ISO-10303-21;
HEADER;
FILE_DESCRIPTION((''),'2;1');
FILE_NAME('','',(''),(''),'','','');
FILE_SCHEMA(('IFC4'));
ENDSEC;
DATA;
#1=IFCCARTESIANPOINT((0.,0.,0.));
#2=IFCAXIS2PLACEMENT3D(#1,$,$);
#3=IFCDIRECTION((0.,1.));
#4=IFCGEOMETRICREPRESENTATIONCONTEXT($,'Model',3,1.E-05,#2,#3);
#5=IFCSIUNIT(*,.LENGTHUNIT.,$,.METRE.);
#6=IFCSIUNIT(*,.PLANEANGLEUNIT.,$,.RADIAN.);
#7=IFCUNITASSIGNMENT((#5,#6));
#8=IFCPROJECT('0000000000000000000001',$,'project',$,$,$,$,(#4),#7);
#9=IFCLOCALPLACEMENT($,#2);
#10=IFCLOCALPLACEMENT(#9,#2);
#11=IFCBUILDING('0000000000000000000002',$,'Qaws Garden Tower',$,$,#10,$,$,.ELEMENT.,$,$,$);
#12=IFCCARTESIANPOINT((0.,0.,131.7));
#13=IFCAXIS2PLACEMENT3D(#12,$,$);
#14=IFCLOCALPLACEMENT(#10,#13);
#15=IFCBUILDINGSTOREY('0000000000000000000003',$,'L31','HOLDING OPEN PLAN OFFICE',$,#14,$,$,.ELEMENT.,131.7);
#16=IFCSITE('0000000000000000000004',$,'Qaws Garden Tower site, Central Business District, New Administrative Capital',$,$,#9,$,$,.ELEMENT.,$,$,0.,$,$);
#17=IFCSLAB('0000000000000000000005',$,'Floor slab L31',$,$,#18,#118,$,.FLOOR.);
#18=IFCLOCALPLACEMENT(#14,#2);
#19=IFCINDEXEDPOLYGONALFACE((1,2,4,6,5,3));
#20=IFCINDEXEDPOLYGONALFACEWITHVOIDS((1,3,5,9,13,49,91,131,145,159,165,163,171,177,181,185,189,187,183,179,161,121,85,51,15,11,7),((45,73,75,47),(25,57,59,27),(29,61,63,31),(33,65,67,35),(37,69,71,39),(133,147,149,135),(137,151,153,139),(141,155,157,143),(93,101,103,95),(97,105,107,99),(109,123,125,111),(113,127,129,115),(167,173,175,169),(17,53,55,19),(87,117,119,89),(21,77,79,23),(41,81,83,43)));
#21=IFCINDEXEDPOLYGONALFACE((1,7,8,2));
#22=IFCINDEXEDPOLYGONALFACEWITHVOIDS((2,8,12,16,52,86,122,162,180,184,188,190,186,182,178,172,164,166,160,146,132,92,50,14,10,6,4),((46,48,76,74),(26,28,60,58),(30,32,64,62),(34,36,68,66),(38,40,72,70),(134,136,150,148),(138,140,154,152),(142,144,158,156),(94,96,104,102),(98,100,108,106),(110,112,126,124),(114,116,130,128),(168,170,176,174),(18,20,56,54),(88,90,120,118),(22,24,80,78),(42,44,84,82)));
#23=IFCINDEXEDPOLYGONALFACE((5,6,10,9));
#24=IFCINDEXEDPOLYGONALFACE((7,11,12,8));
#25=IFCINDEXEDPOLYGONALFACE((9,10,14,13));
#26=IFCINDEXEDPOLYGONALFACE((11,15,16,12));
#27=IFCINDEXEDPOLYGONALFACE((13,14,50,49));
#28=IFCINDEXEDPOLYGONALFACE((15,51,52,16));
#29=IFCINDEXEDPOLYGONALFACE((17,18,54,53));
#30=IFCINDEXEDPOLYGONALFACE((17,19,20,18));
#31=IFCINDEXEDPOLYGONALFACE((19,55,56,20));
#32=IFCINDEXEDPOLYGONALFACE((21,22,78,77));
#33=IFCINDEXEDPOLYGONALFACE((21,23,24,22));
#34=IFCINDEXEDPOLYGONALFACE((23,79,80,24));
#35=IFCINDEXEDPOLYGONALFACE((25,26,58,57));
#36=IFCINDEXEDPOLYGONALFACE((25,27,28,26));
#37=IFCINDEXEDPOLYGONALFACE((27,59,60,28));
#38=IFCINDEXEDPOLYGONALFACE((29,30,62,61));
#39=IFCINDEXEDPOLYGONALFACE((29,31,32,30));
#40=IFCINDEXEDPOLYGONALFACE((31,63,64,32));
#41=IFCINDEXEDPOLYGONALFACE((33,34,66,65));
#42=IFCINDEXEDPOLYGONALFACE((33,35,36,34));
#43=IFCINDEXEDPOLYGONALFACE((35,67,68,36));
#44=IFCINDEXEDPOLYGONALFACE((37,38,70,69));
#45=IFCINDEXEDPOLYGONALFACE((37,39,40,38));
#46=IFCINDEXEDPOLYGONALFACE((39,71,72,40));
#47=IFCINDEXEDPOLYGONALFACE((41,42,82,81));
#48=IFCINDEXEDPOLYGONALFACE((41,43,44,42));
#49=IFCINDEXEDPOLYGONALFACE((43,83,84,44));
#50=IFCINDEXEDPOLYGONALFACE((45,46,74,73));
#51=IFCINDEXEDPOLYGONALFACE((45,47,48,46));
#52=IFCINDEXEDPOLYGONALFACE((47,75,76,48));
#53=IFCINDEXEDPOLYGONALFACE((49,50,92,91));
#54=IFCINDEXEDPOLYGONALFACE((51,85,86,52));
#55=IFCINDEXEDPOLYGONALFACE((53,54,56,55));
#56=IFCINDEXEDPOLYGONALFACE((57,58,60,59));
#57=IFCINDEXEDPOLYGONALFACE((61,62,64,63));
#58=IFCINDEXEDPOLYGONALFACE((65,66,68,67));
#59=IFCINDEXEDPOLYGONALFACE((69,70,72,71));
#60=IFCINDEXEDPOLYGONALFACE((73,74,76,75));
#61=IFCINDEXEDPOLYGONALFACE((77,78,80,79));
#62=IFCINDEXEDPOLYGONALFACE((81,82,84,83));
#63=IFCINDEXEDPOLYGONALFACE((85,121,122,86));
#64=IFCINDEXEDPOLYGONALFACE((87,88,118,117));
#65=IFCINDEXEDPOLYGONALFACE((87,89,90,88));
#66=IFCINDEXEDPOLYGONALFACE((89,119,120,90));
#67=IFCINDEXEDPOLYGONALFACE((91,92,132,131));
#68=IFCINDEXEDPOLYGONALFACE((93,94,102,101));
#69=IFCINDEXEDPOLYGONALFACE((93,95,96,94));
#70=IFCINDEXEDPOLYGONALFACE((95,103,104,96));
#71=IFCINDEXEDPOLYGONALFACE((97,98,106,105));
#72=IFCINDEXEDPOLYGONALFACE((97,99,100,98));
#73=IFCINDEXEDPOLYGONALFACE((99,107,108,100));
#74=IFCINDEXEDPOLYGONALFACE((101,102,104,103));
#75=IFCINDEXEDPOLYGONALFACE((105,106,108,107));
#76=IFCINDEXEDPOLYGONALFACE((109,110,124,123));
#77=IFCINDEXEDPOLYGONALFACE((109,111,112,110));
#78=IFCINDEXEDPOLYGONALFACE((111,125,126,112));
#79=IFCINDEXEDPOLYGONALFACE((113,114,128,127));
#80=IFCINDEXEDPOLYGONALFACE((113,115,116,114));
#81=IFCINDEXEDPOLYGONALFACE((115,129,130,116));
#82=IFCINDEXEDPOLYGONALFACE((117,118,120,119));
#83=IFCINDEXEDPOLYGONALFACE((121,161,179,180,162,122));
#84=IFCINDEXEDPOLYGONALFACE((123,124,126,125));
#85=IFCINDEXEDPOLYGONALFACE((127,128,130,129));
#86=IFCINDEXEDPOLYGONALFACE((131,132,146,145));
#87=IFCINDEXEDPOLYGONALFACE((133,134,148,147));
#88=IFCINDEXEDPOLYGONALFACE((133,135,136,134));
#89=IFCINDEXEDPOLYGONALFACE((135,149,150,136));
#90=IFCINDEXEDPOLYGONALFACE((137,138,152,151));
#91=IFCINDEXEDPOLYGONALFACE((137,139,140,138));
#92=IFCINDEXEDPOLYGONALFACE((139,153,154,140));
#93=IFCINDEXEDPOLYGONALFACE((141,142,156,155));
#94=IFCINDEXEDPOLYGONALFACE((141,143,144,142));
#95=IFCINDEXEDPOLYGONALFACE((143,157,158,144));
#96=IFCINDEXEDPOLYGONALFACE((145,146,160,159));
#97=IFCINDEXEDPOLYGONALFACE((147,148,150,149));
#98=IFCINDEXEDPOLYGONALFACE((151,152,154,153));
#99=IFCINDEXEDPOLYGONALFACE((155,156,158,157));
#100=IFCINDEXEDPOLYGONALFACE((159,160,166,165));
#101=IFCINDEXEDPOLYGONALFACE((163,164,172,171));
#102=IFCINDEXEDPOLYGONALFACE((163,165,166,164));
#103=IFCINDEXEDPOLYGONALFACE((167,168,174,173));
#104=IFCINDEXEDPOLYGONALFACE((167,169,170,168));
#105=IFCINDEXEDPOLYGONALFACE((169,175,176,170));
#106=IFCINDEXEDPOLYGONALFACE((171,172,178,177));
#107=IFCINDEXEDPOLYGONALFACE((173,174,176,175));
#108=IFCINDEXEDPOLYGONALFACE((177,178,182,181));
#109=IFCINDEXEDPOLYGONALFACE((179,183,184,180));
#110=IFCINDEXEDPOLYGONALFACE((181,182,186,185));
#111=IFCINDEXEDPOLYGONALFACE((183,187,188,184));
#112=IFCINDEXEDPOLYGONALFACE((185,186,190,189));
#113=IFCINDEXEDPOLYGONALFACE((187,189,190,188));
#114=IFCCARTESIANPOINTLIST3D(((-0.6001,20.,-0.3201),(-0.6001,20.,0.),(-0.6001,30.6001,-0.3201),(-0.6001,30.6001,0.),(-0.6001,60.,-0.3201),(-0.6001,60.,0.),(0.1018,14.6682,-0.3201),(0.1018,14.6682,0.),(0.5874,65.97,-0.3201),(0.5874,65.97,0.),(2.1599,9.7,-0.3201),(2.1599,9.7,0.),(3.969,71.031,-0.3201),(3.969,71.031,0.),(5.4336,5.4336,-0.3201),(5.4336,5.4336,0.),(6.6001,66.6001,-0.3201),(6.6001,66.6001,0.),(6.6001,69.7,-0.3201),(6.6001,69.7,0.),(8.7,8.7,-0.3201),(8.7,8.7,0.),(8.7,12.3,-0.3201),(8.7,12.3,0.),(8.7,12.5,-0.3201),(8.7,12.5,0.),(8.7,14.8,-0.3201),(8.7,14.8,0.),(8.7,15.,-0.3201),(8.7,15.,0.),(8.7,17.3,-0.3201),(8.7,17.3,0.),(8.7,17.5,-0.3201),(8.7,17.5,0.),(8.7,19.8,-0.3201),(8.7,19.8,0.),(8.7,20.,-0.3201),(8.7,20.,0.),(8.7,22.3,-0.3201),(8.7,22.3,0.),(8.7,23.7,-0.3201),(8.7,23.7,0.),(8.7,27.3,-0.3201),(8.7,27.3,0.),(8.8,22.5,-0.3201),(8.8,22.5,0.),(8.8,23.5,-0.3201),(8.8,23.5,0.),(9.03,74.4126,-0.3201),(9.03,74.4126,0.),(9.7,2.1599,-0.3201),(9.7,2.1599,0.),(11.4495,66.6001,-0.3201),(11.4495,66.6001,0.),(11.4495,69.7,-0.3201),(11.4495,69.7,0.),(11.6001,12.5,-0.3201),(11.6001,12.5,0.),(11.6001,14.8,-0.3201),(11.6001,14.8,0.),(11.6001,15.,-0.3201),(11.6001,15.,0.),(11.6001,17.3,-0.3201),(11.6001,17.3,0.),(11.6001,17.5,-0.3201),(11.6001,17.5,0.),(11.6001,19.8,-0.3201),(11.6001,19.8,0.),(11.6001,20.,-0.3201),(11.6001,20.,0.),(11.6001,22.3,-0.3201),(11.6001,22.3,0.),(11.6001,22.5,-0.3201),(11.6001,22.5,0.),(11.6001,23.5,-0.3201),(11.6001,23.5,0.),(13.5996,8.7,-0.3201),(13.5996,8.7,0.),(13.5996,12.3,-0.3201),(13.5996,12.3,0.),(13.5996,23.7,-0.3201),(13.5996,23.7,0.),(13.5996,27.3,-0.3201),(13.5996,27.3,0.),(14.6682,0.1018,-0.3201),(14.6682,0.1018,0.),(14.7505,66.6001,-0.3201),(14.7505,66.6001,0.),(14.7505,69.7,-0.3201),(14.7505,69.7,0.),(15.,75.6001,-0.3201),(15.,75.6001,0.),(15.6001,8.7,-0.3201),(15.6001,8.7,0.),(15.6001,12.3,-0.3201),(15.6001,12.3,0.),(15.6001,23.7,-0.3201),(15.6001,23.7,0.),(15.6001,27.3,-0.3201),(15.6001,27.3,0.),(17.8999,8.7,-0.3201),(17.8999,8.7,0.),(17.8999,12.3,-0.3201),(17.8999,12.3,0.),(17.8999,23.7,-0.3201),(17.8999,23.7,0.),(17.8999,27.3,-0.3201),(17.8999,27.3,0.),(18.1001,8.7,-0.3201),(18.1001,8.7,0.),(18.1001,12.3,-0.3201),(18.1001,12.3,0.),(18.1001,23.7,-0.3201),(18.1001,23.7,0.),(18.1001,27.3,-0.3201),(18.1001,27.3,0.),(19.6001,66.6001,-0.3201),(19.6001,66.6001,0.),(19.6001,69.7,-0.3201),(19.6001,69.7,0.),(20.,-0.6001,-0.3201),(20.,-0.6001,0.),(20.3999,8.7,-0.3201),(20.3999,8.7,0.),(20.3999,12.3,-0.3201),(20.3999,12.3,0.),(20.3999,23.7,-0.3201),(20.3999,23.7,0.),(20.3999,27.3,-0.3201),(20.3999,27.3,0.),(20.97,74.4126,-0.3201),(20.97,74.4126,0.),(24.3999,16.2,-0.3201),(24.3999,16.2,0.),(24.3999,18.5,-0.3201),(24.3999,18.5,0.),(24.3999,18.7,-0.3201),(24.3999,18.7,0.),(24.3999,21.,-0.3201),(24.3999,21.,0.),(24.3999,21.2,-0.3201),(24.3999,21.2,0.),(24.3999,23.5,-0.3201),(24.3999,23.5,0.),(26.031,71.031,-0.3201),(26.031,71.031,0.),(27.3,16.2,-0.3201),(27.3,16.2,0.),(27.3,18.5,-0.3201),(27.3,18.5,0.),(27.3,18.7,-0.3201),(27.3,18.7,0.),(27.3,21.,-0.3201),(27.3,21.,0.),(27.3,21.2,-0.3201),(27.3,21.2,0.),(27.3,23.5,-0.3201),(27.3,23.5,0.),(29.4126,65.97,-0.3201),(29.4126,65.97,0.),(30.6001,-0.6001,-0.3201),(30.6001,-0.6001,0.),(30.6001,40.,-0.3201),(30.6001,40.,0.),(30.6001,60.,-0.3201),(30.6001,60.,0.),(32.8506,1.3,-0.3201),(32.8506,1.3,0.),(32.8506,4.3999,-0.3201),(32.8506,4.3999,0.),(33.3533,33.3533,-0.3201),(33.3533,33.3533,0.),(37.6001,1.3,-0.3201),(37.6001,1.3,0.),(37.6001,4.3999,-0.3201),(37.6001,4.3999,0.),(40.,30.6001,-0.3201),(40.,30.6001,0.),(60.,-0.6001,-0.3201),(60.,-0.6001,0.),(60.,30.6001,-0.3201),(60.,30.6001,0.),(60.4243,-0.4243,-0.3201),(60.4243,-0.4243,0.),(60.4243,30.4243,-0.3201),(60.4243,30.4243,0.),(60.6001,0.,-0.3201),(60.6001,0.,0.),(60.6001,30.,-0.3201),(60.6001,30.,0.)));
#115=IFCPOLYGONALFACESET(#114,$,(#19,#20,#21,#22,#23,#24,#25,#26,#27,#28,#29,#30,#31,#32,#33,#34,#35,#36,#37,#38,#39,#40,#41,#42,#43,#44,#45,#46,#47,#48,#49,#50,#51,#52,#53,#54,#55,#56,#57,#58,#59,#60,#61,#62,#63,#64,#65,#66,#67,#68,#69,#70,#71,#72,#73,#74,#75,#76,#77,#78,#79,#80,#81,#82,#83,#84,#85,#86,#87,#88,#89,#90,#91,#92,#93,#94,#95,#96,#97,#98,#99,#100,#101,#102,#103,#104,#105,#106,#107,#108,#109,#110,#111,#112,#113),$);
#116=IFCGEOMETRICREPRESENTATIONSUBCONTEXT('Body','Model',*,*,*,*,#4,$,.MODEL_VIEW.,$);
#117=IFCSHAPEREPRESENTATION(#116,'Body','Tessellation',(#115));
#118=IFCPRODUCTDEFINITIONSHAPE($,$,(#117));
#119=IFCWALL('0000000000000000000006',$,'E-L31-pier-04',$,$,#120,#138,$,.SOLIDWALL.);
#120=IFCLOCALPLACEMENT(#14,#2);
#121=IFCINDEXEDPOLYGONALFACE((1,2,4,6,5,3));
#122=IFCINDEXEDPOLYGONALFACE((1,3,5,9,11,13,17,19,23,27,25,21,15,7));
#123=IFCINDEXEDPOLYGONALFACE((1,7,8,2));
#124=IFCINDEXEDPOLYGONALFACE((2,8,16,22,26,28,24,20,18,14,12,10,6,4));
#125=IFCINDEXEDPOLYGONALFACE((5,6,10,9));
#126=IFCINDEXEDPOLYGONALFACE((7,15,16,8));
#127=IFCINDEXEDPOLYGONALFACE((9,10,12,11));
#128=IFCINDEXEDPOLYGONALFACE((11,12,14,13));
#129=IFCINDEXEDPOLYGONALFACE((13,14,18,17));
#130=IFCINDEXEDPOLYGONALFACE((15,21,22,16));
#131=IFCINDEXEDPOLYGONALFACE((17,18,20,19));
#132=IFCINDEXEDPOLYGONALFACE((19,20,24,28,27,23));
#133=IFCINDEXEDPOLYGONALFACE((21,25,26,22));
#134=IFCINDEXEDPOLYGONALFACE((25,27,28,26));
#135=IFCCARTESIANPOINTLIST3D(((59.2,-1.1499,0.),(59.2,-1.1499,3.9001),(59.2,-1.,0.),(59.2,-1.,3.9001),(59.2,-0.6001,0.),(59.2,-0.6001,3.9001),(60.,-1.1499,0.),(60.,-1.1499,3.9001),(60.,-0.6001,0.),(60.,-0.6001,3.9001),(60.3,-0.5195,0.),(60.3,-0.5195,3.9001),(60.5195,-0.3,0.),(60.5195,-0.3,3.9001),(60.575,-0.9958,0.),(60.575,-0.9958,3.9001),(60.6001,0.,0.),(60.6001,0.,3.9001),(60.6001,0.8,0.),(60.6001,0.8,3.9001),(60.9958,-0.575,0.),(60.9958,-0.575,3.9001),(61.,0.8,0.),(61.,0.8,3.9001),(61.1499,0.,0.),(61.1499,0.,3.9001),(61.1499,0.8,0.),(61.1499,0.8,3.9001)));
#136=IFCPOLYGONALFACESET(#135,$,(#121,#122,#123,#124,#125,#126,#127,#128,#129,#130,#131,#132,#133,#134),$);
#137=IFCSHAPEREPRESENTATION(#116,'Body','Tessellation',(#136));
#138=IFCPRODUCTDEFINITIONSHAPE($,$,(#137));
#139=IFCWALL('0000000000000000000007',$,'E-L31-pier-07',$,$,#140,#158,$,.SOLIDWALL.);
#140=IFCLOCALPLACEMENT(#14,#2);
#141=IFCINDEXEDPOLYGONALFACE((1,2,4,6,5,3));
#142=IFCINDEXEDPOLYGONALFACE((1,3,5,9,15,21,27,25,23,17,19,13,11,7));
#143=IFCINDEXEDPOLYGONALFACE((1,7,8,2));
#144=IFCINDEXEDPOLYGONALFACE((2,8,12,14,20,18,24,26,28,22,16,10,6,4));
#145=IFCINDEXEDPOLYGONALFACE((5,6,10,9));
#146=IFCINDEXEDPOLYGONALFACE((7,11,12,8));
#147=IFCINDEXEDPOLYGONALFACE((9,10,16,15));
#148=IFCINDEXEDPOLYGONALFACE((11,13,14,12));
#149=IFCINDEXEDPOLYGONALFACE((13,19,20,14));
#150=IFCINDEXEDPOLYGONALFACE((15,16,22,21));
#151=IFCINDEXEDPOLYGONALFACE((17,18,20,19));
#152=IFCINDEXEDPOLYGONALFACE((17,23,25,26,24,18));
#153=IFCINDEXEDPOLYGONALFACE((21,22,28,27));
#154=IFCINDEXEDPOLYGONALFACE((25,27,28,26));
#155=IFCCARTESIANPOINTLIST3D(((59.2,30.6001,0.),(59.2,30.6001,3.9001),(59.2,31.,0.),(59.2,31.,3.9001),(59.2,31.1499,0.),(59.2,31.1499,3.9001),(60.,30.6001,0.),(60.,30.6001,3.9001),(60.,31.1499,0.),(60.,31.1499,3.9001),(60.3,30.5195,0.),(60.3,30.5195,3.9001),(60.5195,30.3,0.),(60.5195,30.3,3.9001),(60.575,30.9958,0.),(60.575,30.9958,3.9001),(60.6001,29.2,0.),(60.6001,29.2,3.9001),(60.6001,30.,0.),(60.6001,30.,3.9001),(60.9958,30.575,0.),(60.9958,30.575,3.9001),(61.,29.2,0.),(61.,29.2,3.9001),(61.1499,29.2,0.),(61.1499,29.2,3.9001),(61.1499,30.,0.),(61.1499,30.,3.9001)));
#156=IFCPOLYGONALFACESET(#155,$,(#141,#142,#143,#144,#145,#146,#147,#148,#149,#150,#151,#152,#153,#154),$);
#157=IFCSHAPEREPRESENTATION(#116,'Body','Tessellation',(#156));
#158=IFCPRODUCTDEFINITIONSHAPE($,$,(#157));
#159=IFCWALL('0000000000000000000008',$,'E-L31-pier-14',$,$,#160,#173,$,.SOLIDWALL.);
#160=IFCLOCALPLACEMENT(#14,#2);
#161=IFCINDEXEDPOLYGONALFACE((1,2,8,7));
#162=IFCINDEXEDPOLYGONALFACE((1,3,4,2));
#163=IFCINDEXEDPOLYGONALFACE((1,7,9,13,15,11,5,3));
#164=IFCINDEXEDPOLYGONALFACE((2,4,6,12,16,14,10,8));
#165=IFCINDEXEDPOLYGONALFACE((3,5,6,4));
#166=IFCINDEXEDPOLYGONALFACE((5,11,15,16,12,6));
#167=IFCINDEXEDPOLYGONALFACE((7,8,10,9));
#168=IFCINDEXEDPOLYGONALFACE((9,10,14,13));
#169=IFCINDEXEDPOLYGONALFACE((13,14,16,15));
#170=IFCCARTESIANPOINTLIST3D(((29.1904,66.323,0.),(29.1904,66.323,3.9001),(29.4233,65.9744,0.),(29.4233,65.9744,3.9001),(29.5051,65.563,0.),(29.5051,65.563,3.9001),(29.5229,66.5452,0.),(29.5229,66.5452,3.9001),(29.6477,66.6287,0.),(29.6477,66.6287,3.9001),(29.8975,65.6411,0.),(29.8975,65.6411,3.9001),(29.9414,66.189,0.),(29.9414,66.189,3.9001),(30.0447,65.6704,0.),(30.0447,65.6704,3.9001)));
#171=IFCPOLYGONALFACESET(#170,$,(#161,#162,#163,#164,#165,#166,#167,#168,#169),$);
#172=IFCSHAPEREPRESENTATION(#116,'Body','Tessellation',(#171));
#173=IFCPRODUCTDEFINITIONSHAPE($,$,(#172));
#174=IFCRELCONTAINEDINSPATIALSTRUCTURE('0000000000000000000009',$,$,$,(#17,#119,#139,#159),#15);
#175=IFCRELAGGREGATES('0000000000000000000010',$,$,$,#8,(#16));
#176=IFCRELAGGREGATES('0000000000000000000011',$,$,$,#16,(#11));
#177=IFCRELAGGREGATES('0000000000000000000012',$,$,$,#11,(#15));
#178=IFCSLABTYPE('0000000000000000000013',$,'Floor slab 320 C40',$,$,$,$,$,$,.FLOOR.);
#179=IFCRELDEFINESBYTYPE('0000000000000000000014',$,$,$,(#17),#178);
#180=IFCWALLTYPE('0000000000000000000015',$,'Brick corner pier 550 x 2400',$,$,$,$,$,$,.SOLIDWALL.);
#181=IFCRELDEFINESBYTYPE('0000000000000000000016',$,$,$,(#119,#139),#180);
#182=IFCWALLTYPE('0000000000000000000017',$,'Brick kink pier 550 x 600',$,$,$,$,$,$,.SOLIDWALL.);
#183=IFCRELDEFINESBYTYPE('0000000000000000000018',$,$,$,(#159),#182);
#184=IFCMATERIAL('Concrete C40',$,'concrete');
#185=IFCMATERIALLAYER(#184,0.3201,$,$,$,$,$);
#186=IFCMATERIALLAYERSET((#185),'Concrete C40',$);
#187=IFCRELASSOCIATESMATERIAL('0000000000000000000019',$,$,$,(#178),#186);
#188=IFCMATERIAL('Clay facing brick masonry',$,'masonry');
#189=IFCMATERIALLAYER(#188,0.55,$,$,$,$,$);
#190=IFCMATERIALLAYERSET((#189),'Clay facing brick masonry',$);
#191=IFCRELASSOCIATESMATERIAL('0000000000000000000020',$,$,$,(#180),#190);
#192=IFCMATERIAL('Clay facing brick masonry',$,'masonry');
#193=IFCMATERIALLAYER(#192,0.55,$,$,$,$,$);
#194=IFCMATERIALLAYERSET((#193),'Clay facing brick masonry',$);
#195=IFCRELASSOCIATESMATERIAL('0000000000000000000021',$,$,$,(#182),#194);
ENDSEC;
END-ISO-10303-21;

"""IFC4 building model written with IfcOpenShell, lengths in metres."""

from ifc_helpers import new_model, si_unit, direction, frame, origin, place, context, subcontext, project, spatial, polyline, outline, extrude, material, layer, layer_set, type_object, element, save


model = new_model("IFC4")

# Units and contexts
model_context = context("Model", 3, precision=1e-05, world=origin(), true_north=direction((0.0, 1.0)))
body_context = subcontext(model_context, "Body", "Model", "MODEL_VIEW")
ifc_project = project(units=[si_unit("LENGTHUNIT", "METRE"), si_unit("PLANEANGLEUNIT", "RADIAN")], contexts=[model_context])

# Site, building, storey
site_placement = place(None, origin())
site = spatial("IfcSite", under=ifc_project, at=site_placement, Name="Qaws Garden Tower site, Central Business District, New Administrative Capital", CompositionType="ELEMENT", RefElevation=0.0)
building_placement = place(site_placement, origin())
building = spatial("IfcBuilding", under=site, at=building_placement, Name="Qaws Garden Tower", CompositionType="ELEMENT")
storey_placement = place(building_placement, frame((0.0, 0.0, 131.7)))
storey = spatial("IfcBuildingStorey", under=building, at=storey_placement, Name="L31", Description="HOLDING OPEN PLAN OFFICE", CompositionType="ELEMENT", Elevation=131.7)

# Slab
ifc_material_1 = material(Name="Concrete C40", Category="concrete")
ifc_layer_1 = layer(ifc_material_1, 0.3201)
ifc_layer_set_1 = layer_set([ifc_layer_1], Name="Concrete C40")
slab_type = type_object("IfcSlabType", Name="Floor slab 320 C40", PredefinedType="FLOOR", material=ifc_layer_set_1)
slab_placement = place(storey_placement, frame((0.0, 0.0, -0.3201)))
element("IfcSlab", 1, at=slab_placement, inside=storey, type_object=slab_type, Name="Floor slab L31", PredefinedType="FLOOR", context=body_context, shape_type="SweptSolid", body=[
    extrude(outline(polyline([(0.1018, 14.6682), (-0.6001, 20.0), (-0.6001, 30.6001), (-0.6001, 60.0), (-0.6001, 60.0), (0.5874, 65.97), (3.969, 71.031), (9.03, 74.4126), (15.0, 75.6001), (20.97, 74.4126), (26.031, 71.031), (29.4126, 65.97), (30.6001, 60.0), (30.6001, 40.0), (33.3533, 33.3533), (40.0, 30.6001), (60.0, 30.6001), (60.4243, 30.4243), (60.6001, 30.0), (60.6001, 0.0), (60.4243, -0.4243), (60.0, -0.6001), (30.6001, -0.6001), (20.0, -0.6001), (14.6682, 0.1018), (9.7, 2.1599), (5.4336, 5.4336), (2.1599, 9.7), (0.1018, 14.6682)]), holes=[polyline([(13.5996, 12.3), (8.7, 12.3), (8.7, 8.7), (13.5996, 8.7), (13.5996, 12.3)]), polyline([(17.8999, 12.3), (15.6001, 12.3), (15.6001, 8.7), (17.8999, 8.7), (17.8999, 12.3)]), polyline([(11.6001, 14.8), (8.7, 14.8), (8.7, 12.5), (11.6001, 12.5), (11.6001, 14.8)]), polyline([(11.6001, 17.3), (8.7, 17.3), (8.7, 15.0), (11.6001, 15.0), (11.6001, 17.3)]), polyline([(11.6001, 19.8), (8.7, 19.8), (8.7, 17.5), (11.6001, 17.5), (11.6001, 19.8)]), polyline([(11.6001, 22.3), (8.7, 22.3), (8.7, 20.0), (11.6001, 20.0), (11.6001, 22.3)]), polyline([(11.6001, 23.5), (8.8, 23.5), (8.8, 22.5), (11.6001, 22.5), (11.6001, 23.5)]), polyline([(13.5996, 27.3), (8.7, 27.3), (8.7, 23.7), (13.5996, 23.7), (13.5996, 27.3)]), polyline([(11.4495, 69.7), (6.6001, 69.7), (6.6001, 66.6001), (11.4495, 66.6001), (11.4495, 69.7)]), polyline([(37.6001, 4.3999), (32.8506, 4.3999), (32.8506, 1.3), (37.6001, 1.3), (37.6001, 4.3999)]), polyline([(20.3999, 12.3), (18.1001, 12.3), (18.1001, 8.7), (20.3999, 8.7), (20.3999, 12.3)]), polyline([(27.3, 18.5), (24.3999, 18.5), (24.3999, 16.2), (27.3, 16.2), (27.3, 18.5)]), polyline([(27.3, 21.0), (24.3999, 21.0), (24.3999, 18.7), (27.3, 18.7), (27.3, 21.0)]), polyline([(27.3, 23.5), (24.3999, 23.5), (24.3999, 21.2), (27.3, 21.2), (27.3, 23.5)]), polyline([(17.8999, 27.3), (15.6001, 27.3), (15.6001, 23.7), (17.8999, 23.7), (17.8999, 27.3)]), polyline([(20.3999, 23.7), (20.3999, 27.3), (18.1001, 27.3), (18.1001, 23.7), (20.3999, 23.7)]), polyline([(19.6001, 66.6001), (19.6001, 69.7), (14.7505, 69.7), (14.7505, 66.6001), (19.6001, 66.6001)])]), origin(), (0.0, 0.0, 1.0), 0.3201),
])

# Walls
ifc_material_2 = material(Name="Clay facing brick masonry", Category="masonry")
ifc_layer_2 = layer(ifc_material_2, 0.55)
ifc_layer_set_2 = layer_set([ifc_layer_2], Name="Clay facing brick masonry")
wall_type_1 = type_object("IfcWallType", Name="Brick corner pier 550 x 2400", PredefinedType="SOLIDWALL", material=ifc_layer_set_2)
placement = place(storey_placement, origin())
element("IfcWall", 2, at=placement, inside=storey, type_object=wall_type_1, Name="E-L31-pier-04", PredefinedType="SOLIDWALL", context=body_context, shape_type="SweptSolid", body=[
    extrude(outline(polyline([(59.2, -1.0), (59.2, -1.1499), (60.0, -1.1499), (60.575, -0.9958), (60.9958, -0.575), (61.1499, 0.0), (61.1499, 0.8), (61.0, 0.8), (60.6001, 0.8), (60.6001, 0.0), (60.5195, -0.3), (60.3, -0.5195), (60.0, -0.6001), (59.2, -0.6001), (59.2, -1.0)])), origin(), (0.0, 0.0, 1.0), 3.9001),
])
element("IfcWall", 3, at=placement, inside=storey, type_object=wall_type_1, Name="E-L31-pier-07", PredefinedType="SOLIDWALL", context=body_context, shape_type="SweptSolid", body=[
    extrude(outline(polyline([(61.0, 29.2), (61.1499, 29.2), (61.1499, 30.0), (60.9958, 30.575), (60.575, 30.9958), (60.0, 31.1499), (59.2, 31.1499), (59.2, 31.0), (59.2, 30.6001), (60.0, 30.6001), (60.3, 30.5195), (60.5195, 30.3), (60.6001, 30.0), (60.6001, 29.2), (61.0, 29.2)])), origin(), (0.0, 0.0, 1.0), 3.9001),
])
ifc_material_3 = material(Name="Clay facing brick masonry", Category="masonry")
ifc_layer_3 = layer(ifc_material_3, 0.55)
ifc_layer_set_3 = layer_set([ifc_layer_3], Name="Clay facing brick masonry")
wall_type_2 = type_object("IfcWallType", Name="Brick kink pier 550 x 600", PredefinedType="SOLIDWALL", material=ifc_layer_set_3)
element("IfcWall", 4, at=placement, inside=storey, type_object=wall_type_2, Name="E-L31-pier-14", PredefinedType="SOLIDWALL", context=body_context, shape_type="SweptSolid", body=[
    extrude(outline(polyline([(29.8975, 65.6411), (30.0447, 65.6704), (29.9414, 66.189), (29.6477, 66.6287), (29.5229, 66.5452), (29.1904, 66.323), (29.4233, 65.9744), (29.5051, 65.563), (29.8975, 65.6411)])), origin(), (0.0, 0.0, 1.0), 3.9001),
])

save(model, "model.ifc")
